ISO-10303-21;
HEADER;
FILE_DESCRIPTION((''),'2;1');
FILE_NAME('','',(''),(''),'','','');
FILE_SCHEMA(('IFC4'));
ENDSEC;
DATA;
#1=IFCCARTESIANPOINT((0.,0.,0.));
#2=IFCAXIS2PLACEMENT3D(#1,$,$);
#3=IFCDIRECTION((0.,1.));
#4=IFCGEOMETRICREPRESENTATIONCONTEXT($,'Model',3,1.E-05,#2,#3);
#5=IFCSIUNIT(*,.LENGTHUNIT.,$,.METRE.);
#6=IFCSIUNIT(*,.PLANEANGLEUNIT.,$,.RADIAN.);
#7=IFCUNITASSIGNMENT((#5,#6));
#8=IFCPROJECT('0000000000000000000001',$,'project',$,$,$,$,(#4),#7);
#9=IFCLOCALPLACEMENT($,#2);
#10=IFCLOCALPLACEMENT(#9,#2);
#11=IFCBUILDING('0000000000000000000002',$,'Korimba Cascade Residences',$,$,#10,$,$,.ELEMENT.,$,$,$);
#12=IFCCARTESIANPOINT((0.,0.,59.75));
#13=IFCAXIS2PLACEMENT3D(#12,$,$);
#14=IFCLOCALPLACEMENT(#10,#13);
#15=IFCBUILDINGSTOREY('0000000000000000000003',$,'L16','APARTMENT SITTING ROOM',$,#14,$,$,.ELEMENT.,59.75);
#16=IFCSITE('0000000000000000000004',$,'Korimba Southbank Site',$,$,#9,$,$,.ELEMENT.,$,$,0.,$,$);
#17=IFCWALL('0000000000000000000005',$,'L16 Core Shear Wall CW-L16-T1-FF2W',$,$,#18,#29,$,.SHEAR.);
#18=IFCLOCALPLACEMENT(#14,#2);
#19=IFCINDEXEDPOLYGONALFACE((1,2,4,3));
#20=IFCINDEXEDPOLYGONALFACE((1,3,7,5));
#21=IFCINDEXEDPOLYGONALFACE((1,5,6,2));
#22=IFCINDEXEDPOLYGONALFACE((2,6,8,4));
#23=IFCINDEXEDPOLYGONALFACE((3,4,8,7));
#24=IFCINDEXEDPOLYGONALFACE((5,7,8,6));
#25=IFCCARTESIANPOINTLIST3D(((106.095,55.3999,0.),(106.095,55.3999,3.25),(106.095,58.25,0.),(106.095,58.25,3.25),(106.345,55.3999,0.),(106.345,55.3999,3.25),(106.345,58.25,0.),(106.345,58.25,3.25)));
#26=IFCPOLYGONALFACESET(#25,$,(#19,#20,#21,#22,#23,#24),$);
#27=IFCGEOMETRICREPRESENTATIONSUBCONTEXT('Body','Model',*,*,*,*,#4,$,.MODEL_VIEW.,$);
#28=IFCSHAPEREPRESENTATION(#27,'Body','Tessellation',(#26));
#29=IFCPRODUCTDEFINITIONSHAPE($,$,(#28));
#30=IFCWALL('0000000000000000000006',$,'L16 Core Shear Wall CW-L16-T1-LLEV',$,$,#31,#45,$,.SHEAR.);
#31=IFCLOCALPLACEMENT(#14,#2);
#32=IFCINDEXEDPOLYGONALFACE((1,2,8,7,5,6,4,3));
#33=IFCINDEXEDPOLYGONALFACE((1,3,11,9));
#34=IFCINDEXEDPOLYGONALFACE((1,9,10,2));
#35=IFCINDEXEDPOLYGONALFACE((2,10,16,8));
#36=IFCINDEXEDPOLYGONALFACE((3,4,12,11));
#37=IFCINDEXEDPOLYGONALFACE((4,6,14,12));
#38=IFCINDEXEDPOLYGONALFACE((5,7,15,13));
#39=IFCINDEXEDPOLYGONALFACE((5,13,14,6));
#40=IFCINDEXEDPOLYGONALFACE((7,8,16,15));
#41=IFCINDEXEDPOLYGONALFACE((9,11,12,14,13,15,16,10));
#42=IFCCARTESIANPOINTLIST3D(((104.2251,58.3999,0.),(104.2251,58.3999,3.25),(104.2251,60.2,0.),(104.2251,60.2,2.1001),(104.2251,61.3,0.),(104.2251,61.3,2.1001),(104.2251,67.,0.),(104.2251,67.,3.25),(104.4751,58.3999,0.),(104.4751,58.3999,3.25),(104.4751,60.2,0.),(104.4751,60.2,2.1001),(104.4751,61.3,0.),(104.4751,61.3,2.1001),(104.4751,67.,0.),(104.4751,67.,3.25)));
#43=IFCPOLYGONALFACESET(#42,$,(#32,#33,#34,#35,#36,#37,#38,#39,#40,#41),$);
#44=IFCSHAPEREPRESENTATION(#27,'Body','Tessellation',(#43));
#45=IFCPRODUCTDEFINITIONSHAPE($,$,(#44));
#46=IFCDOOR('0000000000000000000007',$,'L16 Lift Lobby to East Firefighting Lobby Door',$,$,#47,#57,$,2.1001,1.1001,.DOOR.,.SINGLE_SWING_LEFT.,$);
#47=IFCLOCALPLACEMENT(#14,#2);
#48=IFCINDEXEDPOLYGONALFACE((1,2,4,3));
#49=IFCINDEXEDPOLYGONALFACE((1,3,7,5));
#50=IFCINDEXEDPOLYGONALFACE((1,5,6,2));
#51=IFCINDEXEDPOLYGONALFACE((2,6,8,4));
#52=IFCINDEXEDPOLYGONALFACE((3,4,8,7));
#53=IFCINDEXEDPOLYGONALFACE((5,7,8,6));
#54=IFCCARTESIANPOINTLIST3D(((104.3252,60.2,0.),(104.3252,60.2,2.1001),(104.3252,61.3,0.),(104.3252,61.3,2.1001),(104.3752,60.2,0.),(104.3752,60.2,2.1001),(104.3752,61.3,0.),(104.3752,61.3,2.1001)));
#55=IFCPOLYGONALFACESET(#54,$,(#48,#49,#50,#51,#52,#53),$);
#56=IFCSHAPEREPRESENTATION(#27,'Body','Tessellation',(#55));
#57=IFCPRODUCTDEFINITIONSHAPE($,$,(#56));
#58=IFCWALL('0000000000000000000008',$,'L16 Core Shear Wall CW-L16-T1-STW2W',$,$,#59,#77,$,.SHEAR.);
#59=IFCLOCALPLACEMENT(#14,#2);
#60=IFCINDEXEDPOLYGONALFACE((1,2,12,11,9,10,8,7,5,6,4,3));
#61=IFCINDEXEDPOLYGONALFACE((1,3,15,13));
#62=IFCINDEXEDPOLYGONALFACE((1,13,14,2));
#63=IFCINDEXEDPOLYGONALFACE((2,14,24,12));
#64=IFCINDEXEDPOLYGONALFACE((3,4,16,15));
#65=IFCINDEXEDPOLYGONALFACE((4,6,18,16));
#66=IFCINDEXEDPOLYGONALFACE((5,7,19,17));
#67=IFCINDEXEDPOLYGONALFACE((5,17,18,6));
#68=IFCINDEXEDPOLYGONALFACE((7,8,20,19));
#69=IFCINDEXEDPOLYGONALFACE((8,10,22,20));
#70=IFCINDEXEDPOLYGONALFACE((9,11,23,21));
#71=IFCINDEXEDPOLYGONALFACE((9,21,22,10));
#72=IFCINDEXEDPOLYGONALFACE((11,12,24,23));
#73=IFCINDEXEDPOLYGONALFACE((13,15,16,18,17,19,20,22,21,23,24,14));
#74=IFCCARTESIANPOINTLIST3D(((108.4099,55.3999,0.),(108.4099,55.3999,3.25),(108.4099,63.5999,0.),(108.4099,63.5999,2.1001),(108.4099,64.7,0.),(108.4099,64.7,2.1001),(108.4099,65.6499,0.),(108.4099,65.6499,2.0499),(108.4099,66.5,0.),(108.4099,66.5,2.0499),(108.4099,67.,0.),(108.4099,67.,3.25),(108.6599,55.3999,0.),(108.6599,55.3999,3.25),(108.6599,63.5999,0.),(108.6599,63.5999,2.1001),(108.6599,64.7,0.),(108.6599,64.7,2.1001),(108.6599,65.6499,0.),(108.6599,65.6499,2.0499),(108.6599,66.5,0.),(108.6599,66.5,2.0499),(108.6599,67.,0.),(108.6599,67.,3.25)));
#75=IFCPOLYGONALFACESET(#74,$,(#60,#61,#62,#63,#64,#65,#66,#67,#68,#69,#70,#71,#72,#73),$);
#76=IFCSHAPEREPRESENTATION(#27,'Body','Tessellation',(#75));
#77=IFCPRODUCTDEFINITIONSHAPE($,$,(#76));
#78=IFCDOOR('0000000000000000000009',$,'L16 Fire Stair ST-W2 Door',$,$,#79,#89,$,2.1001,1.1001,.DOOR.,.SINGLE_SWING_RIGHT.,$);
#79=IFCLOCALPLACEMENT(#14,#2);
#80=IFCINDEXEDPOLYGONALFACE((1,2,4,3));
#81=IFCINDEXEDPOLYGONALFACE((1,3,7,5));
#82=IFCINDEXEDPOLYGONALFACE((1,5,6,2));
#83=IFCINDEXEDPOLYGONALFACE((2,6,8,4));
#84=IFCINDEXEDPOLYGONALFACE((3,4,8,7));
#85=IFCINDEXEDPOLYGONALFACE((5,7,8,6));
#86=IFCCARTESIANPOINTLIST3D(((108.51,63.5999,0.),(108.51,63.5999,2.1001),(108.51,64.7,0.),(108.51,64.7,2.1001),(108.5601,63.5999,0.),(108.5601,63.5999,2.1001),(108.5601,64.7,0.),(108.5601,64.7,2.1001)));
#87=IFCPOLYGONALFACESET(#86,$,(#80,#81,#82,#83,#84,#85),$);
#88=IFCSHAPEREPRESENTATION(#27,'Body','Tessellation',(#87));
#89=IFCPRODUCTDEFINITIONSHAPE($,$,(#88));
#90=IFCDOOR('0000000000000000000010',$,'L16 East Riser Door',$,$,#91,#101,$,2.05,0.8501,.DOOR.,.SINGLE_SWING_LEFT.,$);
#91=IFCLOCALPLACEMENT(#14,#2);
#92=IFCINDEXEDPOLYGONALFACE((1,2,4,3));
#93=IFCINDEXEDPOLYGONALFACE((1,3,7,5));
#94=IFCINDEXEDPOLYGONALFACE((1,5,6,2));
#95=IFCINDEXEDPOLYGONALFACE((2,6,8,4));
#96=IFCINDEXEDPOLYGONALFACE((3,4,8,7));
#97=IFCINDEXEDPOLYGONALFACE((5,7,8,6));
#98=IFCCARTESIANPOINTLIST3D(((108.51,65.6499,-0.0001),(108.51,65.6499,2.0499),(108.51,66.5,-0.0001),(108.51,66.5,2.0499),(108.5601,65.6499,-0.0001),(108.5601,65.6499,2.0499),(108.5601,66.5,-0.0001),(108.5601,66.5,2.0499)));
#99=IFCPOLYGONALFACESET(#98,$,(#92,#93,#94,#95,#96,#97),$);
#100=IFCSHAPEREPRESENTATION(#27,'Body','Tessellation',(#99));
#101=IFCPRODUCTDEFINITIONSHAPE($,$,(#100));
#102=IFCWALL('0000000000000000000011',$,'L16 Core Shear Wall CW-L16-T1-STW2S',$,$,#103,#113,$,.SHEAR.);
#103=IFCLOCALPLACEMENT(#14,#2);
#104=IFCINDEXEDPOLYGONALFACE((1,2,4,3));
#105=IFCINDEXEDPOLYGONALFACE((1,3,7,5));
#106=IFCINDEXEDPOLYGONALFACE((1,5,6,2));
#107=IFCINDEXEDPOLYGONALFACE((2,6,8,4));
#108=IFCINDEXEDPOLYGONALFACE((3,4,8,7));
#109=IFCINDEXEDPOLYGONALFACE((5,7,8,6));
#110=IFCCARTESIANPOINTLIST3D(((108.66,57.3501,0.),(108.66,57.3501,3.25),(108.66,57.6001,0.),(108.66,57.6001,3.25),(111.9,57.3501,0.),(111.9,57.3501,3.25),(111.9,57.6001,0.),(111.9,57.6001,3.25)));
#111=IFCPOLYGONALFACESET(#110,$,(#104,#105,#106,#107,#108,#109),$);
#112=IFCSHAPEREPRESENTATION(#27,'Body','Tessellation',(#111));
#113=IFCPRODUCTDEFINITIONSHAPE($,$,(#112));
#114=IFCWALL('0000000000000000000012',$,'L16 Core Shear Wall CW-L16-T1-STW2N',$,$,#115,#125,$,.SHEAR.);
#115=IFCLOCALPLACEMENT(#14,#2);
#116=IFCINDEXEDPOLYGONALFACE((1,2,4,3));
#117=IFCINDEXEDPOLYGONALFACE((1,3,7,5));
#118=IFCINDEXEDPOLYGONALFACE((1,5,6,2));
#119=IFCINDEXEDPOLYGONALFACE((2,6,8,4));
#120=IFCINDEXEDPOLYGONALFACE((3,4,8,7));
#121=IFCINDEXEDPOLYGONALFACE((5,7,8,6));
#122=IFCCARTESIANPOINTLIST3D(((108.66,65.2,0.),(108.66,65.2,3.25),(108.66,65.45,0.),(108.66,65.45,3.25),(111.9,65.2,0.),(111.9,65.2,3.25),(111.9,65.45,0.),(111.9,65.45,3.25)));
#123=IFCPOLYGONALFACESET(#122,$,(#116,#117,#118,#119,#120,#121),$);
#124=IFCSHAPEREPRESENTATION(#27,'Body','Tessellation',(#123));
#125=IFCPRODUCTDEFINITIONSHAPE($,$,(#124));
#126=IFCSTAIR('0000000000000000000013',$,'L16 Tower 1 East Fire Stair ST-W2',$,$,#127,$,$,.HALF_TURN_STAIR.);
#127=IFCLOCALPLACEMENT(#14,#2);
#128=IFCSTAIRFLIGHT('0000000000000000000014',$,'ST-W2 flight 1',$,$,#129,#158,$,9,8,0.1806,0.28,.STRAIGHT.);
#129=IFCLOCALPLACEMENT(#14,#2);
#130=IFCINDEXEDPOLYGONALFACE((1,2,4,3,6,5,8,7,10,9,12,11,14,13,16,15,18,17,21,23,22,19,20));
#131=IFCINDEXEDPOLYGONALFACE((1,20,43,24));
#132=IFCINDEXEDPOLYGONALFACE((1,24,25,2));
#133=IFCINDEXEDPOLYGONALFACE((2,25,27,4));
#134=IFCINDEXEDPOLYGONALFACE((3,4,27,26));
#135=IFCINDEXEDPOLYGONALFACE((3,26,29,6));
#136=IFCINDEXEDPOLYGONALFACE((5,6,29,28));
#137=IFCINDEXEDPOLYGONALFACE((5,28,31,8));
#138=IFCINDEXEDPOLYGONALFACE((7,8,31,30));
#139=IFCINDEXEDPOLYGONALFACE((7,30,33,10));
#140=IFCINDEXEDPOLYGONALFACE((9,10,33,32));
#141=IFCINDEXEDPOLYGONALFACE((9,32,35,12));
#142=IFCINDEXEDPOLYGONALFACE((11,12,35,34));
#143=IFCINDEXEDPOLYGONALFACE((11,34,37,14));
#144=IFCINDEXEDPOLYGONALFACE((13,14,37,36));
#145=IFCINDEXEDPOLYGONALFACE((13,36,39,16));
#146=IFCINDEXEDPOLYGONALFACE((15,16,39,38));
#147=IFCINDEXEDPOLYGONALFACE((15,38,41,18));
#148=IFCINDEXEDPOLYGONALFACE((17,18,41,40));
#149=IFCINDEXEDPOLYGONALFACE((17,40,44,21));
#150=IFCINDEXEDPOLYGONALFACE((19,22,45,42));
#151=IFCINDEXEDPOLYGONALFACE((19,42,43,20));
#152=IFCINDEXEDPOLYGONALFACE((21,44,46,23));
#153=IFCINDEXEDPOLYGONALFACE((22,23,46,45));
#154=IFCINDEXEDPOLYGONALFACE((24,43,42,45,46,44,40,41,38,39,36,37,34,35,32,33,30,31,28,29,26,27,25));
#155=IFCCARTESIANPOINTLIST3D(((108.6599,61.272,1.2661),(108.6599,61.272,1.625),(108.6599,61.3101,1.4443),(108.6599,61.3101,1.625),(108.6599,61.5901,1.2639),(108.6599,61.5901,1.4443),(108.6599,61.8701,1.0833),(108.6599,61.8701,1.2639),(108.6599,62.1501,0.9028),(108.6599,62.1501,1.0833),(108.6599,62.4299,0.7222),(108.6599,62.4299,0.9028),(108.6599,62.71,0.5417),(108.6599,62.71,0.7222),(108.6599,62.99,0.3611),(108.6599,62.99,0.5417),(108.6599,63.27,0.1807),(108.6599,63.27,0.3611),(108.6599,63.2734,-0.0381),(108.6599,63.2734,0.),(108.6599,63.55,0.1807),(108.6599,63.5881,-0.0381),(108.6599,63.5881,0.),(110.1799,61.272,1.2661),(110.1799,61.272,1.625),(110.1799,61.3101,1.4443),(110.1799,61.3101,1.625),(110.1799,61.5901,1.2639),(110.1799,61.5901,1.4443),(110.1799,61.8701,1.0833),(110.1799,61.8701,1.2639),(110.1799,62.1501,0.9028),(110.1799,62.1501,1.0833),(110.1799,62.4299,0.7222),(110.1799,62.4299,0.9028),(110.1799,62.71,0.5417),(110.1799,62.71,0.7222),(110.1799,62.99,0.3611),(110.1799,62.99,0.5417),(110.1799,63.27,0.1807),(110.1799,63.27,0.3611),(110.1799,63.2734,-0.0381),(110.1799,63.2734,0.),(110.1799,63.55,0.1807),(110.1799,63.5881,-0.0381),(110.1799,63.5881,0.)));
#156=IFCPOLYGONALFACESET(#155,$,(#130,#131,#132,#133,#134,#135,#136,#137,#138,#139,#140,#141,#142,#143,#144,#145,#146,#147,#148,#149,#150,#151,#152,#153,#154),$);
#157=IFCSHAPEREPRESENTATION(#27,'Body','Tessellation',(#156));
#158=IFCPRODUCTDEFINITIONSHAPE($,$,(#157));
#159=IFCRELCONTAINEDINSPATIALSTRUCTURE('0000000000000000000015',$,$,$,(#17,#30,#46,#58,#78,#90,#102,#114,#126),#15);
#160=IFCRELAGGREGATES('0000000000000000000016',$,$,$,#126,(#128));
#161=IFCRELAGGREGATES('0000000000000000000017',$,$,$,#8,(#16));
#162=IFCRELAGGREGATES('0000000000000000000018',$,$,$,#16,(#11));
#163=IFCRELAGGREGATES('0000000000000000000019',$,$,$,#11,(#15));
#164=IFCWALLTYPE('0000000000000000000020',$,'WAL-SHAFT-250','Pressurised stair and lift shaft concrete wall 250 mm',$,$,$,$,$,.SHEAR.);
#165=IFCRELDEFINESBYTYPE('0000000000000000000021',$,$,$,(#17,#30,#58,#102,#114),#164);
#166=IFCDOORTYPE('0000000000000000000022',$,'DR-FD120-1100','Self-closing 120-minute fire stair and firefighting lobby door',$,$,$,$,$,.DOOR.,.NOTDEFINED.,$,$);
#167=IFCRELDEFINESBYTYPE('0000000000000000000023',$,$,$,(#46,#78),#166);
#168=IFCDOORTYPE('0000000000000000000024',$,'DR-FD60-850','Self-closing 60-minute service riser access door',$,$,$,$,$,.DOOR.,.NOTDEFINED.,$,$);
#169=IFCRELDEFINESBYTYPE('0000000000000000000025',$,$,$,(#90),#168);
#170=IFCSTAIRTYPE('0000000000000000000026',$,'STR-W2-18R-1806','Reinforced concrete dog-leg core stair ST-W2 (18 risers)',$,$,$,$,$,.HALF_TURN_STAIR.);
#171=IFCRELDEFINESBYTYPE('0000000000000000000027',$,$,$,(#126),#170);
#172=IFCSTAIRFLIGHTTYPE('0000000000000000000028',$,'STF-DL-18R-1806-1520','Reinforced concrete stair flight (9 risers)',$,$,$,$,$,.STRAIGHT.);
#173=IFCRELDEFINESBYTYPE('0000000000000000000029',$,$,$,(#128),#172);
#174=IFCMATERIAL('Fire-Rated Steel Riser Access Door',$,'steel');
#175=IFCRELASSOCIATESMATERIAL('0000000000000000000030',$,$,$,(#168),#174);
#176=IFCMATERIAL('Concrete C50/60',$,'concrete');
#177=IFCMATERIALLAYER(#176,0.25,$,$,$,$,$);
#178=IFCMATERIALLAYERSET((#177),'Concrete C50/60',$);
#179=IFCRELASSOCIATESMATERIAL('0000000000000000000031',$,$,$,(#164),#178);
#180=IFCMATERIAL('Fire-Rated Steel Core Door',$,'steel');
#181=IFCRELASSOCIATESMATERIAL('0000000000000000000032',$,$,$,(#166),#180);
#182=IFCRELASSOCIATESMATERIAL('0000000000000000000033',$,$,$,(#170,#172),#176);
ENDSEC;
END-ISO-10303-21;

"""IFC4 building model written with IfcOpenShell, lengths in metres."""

from ifc_helpers import new_model, si_unit, direction, frame, frame_2d, origin, place, context, subcontext, project, spatial, polyline, rectangle, outline, extrude, material, layer, layer_set, type_object, element, fill, aggregate, save


model = new_model("IFC4")

# Units and contexts
model_context = context("Model", 3, precision=1e-05, world=origin(), true_north=direction((0.0, 1.0)))
body_context = subcontext(model_context, "Body", "Model", "MODEL_VIEW")
ifc_project = project(units=[si_unit("LENGTHUNIT", "METRE"), si_unit("PLANEANGLEUNIT", "RADIAN")], contexts=[model_context])

# Site, building, storey
site_placement = place(None, origin())
site = spatial("IfcSite", under=ifc_project, at=site_placement, Name="Korimba Southbank Site", CompositionType="ELEMENT", RefElevation=0.0)
building_placement = place(site_placement, origin())
building = spatial("IfcBuilding", under=site, at=building_placement, Name="Korimba Cascade Residences", CompositionType="ELEMENT")
storey_placement = place(building_placement, frame((0.0, 0.0, 59.75)))
storey = spatial("IfcBuildingStorey", under=building, at=storey_placement, Name="L16", Description="APARTMENT SITTING ROOM", CompositionType="ELEMENT", Elevation=59.75)

# Shared definitions
ifc_material_1 = material(Name="Concrete C50/60", Category="concrete")

# Shared definitions
ifc_material_2 = material(Name="Fire-Rated Steel Riser Access Door", Category="steel")
door_type_1 = type_object("IfcDoorType", Name="DR-FD60-850", Description="Self-closing 60-minute service riser access door", OperationType="NOTDEFINED", PredefinedType="DOOR", material=ifc_material_2)

# Wall
ifc_layer_1 = layer(ifc_material_1, 0.25)
ifc_layer_set_1 = layer_set([ifc_layer_1], Name="Concrete C50/60")
wall_type_1 = type_object("IfcWallType", Name="WAL-SHAFT-250", Description="Pressurised stair and lift shaft concrete wall 250 mm", PredefinedType="SHEAR", material=ifc_layer_set_1)
wall_1_placement = place(storey_placement, frame((106.22, 55.3999, 0.0), z_axis=(0.0, 0.0, 1.0), x_axis=(0.0, 1.0, 0.0)))
element("IfcWall", 1, at=wall_1_placement, inside=storey, type_object=wall_type_1, Name="L16 Core Shear Wall CW-L16-T1-FF2W", PredefinedType="SHEAR", context=body_context, shape_type="SweptSolid", body=[
    extrude(rectangle(XDim=2.8501, YDim=0.25, at=frame_2d((1.425, 0.0))), origin(), (0.0, 0.0, 1.0), 3.25),
])

# Wall, opening, door
wall_2_placement = place(storey_placement, frame((104.3501, 58.3999, 0.0), z_axis=(0.0, 0.0, 1.0), x_axis=(0.0, 1.0, 0.0)))
wall_2 = element("IfcWall", 2, at=wall_2_placement, inside=storey, type_object=wall_type_1, Name="L16 Core Shear Wall CW-L16-T1-LLEV", PredefinedType="SHEAR", context=body_context, shape_type="SweptSolid", body=[
    extrude(rectangle(XDim=8.6001, YDim=0.25, at=frame_2d((4.3, 0.0))), origin(), (0.0, 0.0, 1.0), 3.25),
])
opening_1_placement = place(wall_2_placement, frame((1.8, 0.0, 0.0)))
opening_1 = element("IfcOpeningElement", 3, at=opening_1_placement, cuts=wall_2, PredefinedType="OPENING", context=body_context, shape_type="SweptSolid", body=[
    extrude(rectangle(XDim=1.1001, YDim=2.1001, at=frame_2d((0.55, 1.05))), frame((0.0, 0.135, 0.0), z_axis=(0.0, -1.0, 0.0), x_axis=(1.0, 0.0, 0.0)), (0.0, 0.0, 1.0), 0.27),
])
ifc_material_3 = material(Name="Fire-Rated Steel Core Door", Category="steel")
door_type_2 = type_object("IfcDoorType", Name="DR-FD120-1100", Description="Self-closing 120-minute fire stair and firefighting lobby door", OperationType="NOTDEFINED", PredefinedType="DOOR", material=ifc_material_3)
door_1_placement = place(opening_1_placement, origin())
door_1 = element("IfcDoor", 4, at=door_1_placement, inside=storey, type_object=door_type_2, Name="L16 Lift Lobby to East Firefighting Lobby Door", OperationType="SINGLE_SWING_LEFT", OverallHeight=2.1001, OverallWidth=1.1001, PredefinedType="DOOR", context=body_context, shape_type="SweptSolid", body=[
    extrude(rectangle(XDim=1.1001, YDim=2.1001, at=frame_2d((0.55, 1.05))), frame((0.0, 0.0249, 0.0), z_axis=(0.0, -1.0, 0.0), x_axis=(1.0, 0.0, 0.0)), (0.0, 0.0, 1.0), 0.05),
])
fill(opening_1, door_1)

# Wall, openings, doors
wall_3_placement = place(storey_placement, frame((108.5349, 55.3999, 0.0), z_axis=(0.0, 0.0, 1.0), x_axis=(0.0, 1.0, 0.0)))
wall_3 = element("IfcWall", 5, at=wall_3_placement, inside=storey, type_object=wall_type_1, Name="L16 Core Shear Wall CW-L16-T1-STW2W", PredefinedType="SHEAR", context=body_context, shape_type="SweptSolid", body=[
    extrude(rectangle(XDim=11.6001, YDim=0.25, at=frame_2d((5.8, 0.0))), origin(), (0.0, 0.0, 1.0), 3.25),
])
opening_2_placement = place(wall_3_placement, frame((8.2, 0.0, 0.0)))
opening_2 = element("IfcOpeningElement", 6, at=opening_2_placement, cuts=wall_3, PredefinedType="OPENING", context=body_context, shape_type="SweptSolid", body=[
    extrude(rectangle(XDim=1.1001, YDim=2.1001, at=frame_2d((0.55, 1.05))), frame((0.0, 0.135, 0.0), z_axis=(0.0, -1.0, 0.0), x_axis=(1.0, 0.0, 0.0)), (0.0, 0.0, 1.0), 0.27),
])
opening_3_placement = place(wall_3_placement, frame((10.25, 0.0, 0.0)))
opening_3 = element("IfcOpeningElement", 7, at=opening_3_placement, cuts=wall_3, PredefinedType="OPENING", context=body_context, shape_type="SweptSolid", body=[
    extrude(rectangle(XDim=0.8501, YDim=2.05, at=frame_2d((0.425, 1.0249))), frame((0.0, 0.135, 0.0), z_axis=(0.0, -1.0, 0.0), x_axis=(1.0, 0.0, 0.0)), (0.0, 0.0, 1.0), 0.27),
])
door_2_placement = place(opening_2_placement, origin())
door_2 = element("IfcDoor", 8, at=door_2_placement, inside=storey, type_object=door_type_2, Name="L16 Fire Stair ST-W2 Door", OperationType="SINGLE_SWING_RIGHT", OverallHeight=2.1001, OverallWidth=1.1001, PredefinedType="DOOR", context=body_context, shape_type="SweptSolid", body=[
    extrude(rectangle(XDim=1.1001, YDim=2.1001, at=frame_2d((0.55, 1.05))), frame((0.0, 0.0249, 0.0), z_axis=(0.0, -1.0, 0.0), x_axis=(1.0, 0.0, 0.0)), (0.0, 0.0, 1.0), 0.05),
])
fill(opening_2, door_2)
door_3_placement = place(opening_3_placement, origin())
door_3 = element("IfcDoor", 9, at=door_3_placement, inside=storey, type_object=door_type_1, Name="L16 East Riser Door", OperationType="SINGLE_SWING_LEFT", OverallHeight=2.05, OverallWidth=0.8501, PredefinedType="DOOR", context=body_context, shape_type="SweptSolid", body=[
    extrude(rectangle(XDim=0.8501, YDim=2.05, at=frame_2d((0.425, 1.0249))), frame((0.0, 0.0249, 0.0), z_axis=(0.0, -1.0, 0.0), x_axis=(1.0, 0.0, 0.0)), (0.0, 0.0, 1.0), 0.05),
])
fill(opening_3, door_3)

# Walls
for number, where, z_axis, x_axis, name in (
    (10, (108.6599, 57.4751, 0.0), (0.0, 0.0, 1.0), (1.0, 0.0, 0.0), "L16 Core Shear Wall CW-L16-T1-STW2S"),
    (11, (108.6599, 65.325, 0.0), (0.0, 0.0, 1.0), (1.0, 0.0, 0.0), "L16 Core Shear Wall CW-L16-T1-STW2N"),
):
    element("IfcWall", number, at=place(storey_placement, frame(where, z_axis=z_axis, x_axis=x_axis)), inside=storey, type_object=wall_type_1, Name=name, PredefinedType="SHEAR", context=body_context, shape_type="SweptSolid", body=[
        extrude(rectangle(XDim=3.24, YDim=0.25, at=frame_2d((1.6201, 0.0))), origin(), (0.0, 0.0, 1.0), 3.25),
    ])

# Stair, stair flight
stair_type = type_object("IfcStairType", Name="STR-W2-18R-1806", Description="Reinforced concrete dog-leg core stair ST-W2 (18 risers)", PredefinedType="HALF_TURN_STAIR", material=ifc_material_1)
stair_placement = place(storey_placement, origin())
stair = element("IfcStair", 12, at=stair_placement, inside=storey, type_object=stair_type, Name="L16 Tower 1 East Fire Stair ST-W2", PredefinedType="HALF_TURN_STAIR")
stair_flight_type = type_object("IfcStairFlightType", Name="STF-DL-18R-1806-1520", Description="Reinforced concrete stair flight (9 risers)", PredefinedType="STRAIGHT", material=ifc_material_1)
stair_flight_1_placement = place(storey_placement, frame((109.4199, 63.55, 0.0), z_axis=(0.0, 0.0, 1.0), x_axis=(0.0, -1.0, 0.0)))
stair_flight_1 = element("IfcStairFlight", 13, at=stair_flight_1_placement, type_object=stair_flight_type, Name="ST-W2 flight 1", NumberOfRisers=9, NumberOfTreads=8, PredefinedType="STRAIGHT", RiserHeight=0.1806, TreadLength=0.28, context=body_context, shape_type="SweptSolid", body=[
    extrude(outline(polyline([(-0.0381, 0.0), (0.0, 0.1807), (0.28, 0.1807), (0.28, 0.3611), (0.5601, 0.3611), (0.5601, 0.5417), (0.8401, 0.5417), (0.8401, 0.7222), (1.1201, 0.7222), (1.1201, 0.9028), (1.3999, 0.9028), (1.3999, 1.0833), (1.6799, 1.0833), (1.6799, 1.2639), (1.96, 1.2639), (1.96, 1.4443), (2.24, 1.4443), (2.24, 1.625), (2.2781, 1.625), (2.2781, 1.2661), (0.2766, 0.0), (0.2766, -0.0381), (-0.0381, -0.0381), (-0.0381, 0.0)])), frame((0.0, 0.76, 0.0), z_axis=(0.0, -1.0, 0.0), x_axis=(1.0, 0.0, 0.0)), (0.0, 0.0, 1.0), 1.52),
])
aggregate(stair, [stair_flight_1])

save(model, "model.ifc")
